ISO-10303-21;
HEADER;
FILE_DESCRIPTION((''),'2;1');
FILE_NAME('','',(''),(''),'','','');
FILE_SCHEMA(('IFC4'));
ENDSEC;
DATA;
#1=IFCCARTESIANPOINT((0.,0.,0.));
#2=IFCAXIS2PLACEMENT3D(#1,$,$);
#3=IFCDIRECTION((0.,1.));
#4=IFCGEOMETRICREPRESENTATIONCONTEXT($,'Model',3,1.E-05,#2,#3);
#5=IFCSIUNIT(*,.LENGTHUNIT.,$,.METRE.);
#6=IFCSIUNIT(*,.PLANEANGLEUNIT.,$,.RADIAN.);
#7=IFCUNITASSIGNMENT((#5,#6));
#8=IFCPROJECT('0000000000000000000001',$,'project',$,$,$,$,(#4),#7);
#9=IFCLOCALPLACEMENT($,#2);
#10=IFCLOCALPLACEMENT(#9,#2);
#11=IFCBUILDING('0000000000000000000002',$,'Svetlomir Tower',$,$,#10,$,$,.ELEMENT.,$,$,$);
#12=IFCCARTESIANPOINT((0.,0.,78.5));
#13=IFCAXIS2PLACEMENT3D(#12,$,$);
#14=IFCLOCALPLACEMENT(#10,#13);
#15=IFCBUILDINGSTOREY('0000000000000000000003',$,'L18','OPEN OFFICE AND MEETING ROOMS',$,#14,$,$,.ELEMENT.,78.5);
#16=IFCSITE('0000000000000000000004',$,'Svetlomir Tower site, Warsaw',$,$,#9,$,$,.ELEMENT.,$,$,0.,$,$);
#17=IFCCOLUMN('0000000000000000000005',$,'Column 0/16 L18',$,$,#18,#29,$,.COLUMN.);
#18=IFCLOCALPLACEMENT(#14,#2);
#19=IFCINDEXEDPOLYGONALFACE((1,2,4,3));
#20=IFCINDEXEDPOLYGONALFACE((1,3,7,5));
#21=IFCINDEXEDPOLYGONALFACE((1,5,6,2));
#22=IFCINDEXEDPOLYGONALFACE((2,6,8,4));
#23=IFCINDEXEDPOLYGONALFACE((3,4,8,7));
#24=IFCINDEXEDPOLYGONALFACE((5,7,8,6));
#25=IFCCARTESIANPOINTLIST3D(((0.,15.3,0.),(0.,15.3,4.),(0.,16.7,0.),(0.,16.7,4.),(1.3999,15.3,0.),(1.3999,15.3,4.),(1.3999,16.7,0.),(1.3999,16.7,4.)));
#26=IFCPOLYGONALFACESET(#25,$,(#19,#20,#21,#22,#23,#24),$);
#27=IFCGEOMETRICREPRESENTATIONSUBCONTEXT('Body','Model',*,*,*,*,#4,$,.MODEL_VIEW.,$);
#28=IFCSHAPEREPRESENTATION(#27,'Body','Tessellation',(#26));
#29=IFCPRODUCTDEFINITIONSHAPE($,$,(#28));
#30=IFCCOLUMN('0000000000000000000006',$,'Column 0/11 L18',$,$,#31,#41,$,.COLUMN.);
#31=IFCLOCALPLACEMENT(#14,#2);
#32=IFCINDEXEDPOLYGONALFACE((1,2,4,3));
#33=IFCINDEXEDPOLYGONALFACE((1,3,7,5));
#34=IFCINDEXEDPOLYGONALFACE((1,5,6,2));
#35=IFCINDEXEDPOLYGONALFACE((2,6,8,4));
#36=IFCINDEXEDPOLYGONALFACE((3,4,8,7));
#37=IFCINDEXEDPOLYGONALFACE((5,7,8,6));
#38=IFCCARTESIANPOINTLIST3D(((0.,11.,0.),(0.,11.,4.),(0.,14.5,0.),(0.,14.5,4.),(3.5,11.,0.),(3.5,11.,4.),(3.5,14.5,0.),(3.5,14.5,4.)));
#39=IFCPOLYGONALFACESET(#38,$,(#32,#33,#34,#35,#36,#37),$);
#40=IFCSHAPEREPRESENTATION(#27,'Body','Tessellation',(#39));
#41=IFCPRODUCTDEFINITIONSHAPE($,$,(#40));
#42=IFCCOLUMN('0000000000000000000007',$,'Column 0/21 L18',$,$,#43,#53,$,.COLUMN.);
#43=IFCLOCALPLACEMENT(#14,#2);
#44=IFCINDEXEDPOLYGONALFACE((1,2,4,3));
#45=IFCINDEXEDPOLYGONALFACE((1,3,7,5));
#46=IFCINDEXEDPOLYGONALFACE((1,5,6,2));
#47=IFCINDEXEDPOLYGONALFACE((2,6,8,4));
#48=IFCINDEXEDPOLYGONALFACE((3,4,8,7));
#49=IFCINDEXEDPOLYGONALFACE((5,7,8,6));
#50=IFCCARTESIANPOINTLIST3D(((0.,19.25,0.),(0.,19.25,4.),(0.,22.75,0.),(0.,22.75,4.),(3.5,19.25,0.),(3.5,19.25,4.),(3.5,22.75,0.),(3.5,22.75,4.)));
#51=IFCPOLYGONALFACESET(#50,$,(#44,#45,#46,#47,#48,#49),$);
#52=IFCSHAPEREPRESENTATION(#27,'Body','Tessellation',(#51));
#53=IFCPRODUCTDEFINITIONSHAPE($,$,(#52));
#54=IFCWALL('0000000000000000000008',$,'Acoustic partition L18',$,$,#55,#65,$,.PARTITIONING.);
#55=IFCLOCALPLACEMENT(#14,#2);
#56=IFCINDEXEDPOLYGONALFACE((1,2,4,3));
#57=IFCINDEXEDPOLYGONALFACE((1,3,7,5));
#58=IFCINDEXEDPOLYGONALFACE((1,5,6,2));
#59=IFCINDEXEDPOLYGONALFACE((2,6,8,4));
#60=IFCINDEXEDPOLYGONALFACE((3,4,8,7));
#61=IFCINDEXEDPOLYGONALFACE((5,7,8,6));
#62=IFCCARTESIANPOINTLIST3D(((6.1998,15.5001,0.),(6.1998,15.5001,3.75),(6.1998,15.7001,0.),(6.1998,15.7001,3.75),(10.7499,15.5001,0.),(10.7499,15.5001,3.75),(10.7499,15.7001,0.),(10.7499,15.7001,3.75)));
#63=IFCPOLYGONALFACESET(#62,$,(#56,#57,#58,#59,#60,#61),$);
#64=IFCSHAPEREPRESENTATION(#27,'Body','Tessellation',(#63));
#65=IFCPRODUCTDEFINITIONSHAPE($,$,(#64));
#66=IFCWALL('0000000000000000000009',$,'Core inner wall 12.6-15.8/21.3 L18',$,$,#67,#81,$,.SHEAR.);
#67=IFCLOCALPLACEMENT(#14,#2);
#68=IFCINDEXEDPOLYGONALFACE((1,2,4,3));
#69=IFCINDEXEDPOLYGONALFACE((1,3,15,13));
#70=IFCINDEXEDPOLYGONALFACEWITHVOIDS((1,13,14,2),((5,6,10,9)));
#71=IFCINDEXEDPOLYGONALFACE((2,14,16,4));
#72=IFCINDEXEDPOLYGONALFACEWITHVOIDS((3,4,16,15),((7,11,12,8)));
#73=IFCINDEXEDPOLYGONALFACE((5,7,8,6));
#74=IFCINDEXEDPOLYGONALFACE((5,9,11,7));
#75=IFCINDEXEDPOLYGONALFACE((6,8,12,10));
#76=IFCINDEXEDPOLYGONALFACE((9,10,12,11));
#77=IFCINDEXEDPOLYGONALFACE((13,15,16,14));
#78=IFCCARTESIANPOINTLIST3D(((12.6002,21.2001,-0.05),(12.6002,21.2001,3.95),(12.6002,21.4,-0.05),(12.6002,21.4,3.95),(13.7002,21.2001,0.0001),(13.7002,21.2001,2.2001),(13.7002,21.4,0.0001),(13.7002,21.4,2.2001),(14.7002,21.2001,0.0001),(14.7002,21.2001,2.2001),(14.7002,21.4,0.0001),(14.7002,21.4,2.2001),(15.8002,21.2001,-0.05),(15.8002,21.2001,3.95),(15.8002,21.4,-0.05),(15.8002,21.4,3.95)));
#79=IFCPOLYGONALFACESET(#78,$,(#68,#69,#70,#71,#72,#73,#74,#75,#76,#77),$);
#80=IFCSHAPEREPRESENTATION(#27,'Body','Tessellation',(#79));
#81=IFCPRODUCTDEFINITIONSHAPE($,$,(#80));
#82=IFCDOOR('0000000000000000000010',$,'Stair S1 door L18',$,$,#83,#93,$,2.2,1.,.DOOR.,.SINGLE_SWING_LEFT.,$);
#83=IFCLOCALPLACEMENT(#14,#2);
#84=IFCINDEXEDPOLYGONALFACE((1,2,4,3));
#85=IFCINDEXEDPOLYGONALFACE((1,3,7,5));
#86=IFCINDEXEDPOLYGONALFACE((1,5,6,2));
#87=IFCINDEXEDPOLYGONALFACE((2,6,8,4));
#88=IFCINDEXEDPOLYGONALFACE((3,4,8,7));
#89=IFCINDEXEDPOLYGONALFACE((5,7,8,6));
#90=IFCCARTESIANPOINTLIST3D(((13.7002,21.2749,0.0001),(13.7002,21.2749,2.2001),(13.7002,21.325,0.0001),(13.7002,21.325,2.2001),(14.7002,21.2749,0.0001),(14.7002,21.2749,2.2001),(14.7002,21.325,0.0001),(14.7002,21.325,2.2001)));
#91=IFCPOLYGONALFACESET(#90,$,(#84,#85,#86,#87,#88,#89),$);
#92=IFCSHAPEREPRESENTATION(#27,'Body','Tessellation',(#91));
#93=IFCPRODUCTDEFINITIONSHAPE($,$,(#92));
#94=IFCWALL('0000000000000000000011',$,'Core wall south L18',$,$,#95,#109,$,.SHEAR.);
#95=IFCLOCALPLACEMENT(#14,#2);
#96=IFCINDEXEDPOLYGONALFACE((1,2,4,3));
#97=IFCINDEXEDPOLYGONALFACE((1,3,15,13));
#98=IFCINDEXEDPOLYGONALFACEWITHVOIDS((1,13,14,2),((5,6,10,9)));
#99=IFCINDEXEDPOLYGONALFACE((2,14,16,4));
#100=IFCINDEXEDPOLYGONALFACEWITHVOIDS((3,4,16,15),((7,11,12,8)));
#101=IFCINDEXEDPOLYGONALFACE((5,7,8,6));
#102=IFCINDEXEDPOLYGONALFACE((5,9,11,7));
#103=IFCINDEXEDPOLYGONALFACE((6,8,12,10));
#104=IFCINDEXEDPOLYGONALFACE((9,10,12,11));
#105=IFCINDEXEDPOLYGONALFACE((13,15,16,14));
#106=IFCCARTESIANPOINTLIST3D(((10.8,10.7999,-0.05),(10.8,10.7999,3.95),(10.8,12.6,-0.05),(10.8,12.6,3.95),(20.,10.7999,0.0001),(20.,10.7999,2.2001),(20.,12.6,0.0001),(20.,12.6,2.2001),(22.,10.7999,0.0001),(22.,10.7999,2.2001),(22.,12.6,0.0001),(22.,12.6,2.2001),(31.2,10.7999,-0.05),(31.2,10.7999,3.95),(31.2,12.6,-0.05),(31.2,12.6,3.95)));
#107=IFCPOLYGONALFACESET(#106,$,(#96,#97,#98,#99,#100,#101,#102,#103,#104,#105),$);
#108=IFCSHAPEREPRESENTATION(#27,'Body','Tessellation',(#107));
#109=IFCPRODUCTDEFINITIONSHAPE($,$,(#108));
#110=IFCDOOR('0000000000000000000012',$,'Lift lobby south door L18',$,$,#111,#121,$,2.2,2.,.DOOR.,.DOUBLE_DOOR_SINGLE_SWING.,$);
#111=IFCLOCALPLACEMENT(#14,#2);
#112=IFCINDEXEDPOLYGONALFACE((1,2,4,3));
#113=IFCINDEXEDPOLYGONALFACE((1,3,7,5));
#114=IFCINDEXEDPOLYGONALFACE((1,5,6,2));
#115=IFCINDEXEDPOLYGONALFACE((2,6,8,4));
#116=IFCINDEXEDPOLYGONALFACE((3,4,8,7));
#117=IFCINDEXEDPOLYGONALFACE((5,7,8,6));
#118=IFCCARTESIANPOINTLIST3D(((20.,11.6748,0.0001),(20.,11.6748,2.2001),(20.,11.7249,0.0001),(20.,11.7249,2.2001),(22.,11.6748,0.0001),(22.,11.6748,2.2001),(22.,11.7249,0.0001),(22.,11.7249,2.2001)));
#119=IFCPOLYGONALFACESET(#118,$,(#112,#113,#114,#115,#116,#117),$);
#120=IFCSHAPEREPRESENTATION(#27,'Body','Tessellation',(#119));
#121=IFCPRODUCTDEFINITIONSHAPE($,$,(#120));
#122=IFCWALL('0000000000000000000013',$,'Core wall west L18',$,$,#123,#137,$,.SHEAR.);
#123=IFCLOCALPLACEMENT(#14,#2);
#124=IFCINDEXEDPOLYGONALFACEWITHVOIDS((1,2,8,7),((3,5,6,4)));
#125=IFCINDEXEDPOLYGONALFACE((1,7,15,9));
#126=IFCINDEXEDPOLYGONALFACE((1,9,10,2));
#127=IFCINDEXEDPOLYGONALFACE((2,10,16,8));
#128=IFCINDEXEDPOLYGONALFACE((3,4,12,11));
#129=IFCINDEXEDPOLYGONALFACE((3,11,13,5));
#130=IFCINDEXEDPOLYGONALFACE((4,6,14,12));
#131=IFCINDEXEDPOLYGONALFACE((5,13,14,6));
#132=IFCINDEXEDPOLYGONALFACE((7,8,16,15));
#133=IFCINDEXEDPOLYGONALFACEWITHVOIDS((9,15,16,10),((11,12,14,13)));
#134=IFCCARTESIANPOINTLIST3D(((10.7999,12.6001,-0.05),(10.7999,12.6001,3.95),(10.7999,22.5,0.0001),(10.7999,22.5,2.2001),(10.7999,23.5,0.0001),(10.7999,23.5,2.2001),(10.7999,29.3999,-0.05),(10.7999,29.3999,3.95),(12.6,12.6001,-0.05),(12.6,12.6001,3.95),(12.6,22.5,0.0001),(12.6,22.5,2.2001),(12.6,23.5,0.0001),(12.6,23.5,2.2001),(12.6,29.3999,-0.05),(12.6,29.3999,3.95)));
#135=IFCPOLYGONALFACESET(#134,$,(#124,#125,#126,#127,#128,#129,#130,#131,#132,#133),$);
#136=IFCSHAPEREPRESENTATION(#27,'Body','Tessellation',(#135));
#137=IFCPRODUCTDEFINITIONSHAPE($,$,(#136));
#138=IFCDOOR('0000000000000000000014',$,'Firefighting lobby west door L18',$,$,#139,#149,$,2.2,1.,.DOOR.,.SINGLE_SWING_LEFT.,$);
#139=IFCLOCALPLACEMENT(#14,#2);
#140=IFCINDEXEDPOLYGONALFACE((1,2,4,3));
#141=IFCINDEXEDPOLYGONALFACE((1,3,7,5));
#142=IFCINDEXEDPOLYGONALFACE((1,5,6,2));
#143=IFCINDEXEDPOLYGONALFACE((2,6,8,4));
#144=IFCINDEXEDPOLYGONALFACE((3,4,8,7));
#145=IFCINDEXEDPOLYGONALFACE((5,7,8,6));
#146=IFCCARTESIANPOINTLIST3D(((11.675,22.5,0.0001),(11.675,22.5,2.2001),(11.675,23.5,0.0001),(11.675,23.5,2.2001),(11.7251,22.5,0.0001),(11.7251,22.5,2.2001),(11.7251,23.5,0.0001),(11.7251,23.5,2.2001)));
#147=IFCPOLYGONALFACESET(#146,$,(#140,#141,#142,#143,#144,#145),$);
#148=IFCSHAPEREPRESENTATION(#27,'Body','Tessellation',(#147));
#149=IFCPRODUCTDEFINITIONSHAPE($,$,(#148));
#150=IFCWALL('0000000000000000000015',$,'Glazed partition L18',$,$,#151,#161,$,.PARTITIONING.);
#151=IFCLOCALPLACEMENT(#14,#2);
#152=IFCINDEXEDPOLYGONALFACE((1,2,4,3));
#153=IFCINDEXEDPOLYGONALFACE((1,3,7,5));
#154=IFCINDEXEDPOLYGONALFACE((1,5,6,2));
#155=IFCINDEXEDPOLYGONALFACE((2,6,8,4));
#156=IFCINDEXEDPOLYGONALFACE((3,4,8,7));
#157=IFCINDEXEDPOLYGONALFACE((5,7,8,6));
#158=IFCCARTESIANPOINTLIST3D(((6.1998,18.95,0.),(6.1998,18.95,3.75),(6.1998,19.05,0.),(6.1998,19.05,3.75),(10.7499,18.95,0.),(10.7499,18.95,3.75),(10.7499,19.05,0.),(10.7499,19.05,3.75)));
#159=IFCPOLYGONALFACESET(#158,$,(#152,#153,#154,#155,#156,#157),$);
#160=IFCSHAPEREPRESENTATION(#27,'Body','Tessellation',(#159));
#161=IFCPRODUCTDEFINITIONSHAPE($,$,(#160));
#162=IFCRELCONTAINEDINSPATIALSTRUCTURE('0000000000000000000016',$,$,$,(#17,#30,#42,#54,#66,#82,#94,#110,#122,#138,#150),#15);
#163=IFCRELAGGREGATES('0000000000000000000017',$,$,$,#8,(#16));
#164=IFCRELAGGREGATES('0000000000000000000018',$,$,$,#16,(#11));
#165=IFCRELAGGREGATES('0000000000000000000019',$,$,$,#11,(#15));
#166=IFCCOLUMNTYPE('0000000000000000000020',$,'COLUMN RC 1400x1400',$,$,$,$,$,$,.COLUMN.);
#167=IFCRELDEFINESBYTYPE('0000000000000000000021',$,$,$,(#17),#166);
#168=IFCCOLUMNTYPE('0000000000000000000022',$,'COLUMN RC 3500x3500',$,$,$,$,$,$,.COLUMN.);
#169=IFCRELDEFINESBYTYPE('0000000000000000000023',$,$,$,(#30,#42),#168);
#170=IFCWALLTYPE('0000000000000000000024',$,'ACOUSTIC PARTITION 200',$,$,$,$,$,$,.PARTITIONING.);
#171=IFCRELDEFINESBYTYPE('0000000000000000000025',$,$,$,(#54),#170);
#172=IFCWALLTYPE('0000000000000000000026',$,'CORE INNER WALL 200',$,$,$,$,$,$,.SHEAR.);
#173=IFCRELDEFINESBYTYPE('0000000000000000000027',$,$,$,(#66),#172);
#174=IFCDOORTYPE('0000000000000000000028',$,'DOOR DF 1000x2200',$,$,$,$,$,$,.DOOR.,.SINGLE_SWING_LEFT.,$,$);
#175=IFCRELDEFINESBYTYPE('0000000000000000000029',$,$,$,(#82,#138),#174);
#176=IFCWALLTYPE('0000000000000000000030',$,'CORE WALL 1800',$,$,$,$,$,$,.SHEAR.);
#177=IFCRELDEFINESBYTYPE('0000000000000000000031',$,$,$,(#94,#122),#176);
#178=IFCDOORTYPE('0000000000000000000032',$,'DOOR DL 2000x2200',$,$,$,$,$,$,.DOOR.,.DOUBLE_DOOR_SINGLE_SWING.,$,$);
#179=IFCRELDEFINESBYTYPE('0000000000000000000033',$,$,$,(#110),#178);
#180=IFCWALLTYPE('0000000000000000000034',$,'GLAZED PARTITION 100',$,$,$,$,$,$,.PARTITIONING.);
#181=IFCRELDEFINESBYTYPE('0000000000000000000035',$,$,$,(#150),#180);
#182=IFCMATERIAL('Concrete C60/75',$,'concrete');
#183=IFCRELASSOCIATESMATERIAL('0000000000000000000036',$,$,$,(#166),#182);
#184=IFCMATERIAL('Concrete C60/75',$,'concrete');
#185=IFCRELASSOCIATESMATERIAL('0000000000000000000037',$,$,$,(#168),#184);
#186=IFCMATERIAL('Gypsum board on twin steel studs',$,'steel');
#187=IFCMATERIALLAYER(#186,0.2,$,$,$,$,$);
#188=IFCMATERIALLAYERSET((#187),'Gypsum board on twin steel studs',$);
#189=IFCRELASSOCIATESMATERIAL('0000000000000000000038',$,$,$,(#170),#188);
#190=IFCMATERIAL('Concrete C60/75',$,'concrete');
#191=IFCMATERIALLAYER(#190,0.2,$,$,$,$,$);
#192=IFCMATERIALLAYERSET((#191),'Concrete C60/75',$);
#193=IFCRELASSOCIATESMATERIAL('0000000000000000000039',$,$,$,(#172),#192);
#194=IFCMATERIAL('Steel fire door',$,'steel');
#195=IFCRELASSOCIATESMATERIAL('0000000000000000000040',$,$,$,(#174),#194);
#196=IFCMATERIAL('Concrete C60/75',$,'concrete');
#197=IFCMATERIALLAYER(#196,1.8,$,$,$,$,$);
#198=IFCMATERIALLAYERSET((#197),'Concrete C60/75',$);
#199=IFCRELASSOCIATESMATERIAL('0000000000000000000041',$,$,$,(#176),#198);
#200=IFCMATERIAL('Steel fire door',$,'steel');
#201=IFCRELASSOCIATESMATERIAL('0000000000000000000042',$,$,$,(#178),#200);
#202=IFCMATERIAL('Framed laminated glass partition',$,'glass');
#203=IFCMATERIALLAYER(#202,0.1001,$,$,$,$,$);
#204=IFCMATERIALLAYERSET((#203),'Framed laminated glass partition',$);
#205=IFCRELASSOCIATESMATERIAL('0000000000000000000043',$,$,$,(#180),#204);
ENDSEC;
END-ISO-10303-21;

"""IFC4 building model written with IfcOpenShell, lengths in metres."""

from ifc_helpers import new_model, si_unit, direction, frame, frame_2d, origin, origin_2d, place, context, subcontext, project, spatial, rectangle, extrude, material, layer, layer_set, material_profile, profile_set, type_object, element, fill, save


model = new_model("IFC4")

# Units and contexts
model_context = context("Model", 3, precision=1e-05, world=origin(), true_north=direction((0.0, 1.0)))
body_context = subcontext(model_context, "Body", "Model", "MODEL_VIEW")
ifc_project = project(units=[si_unit("LENGTHUNIT", "METRE"), si_unit("PLANEANGLEUNIT", "RADIAN")], contexts=[model_context])

# Site, building, storey
site_placement = place(None, origin())
site = spatial("IfcSite", under=ifc_project, at=site_placement, Name="Svetlomir Tower site, Warsaw", CompositionType="ELEMENT", RefElevation=0.0)
building_placement = place(site_placement, origin())
building = spatial("IfcBuilding", under=site, at=building_placement, Name="Svetlomir Tower", CompositionType="ELEMENT")
storey_placement = place(building_placement, frame((0.0, 0.0, 78.5)))
storey = spatial("IfcBuildingStorey", under=building, at=storey_placement, Name="L18", Description="OPEN OFFICE AND MEETING ROOMS", CompositionType="ELEMENT", Elevation=78.5)

# Columns
ifc_material_1 = material(Name="Concrete C60/75", Category="concrete")
ifc_material_profile_1 = material_profile(ifc_material_1, rectangle(XDim=1.3999, YDim=1.3999, at=origin_2d()), Name="RC 1400x1400")
ifc_profile_set_1 = profile_set([ifc_material_profile_1], Name="Concrete C60/75")
column_type_1 = type_object("IfcColumnType", Name="COLUMN RC 1400x1400", PredefinedType="COLUMN", material=ifc_profile_set_1)
column_placement = place(storey_placement, frame((0.7, 16.0, 0.0), z_axis=(0.0, 0.0, 1.0), x_axis=(1.0, 0.0, 0.0)))
element("IfcColumn", 1, at=column_placement, inside=storey, type_object=column_type_1, Name="Column 0/16 L18", PredefinedType="COLUMN", context=body_context, shape_type="SweptSolid", body=[
    extrude(rectangle(XDim=1.3999, YDim=1.3999, at=origin_2d()), origin(), (0.0, 0.0, 1.0), 4.0),
])
ifc_material_2 = material(Name="Concrete C60/75", Category="concrete")
ifc_material_profile_2 = material_profile(ifc_material_2, rectangle(XDim=3.5, YDim=3.5, at=origin_2d()), Name="RC 3500x3500")
ifc_profile_set_2 = profile_set([ifc_material_profile_2], Name="Concrete C60/75")
column_type_2 = type_object("IfcColumnType", Name="COLUMN RC 3500x3500", PredefinedType="COLUMN", material=ifc_profile_set_2)
for number, where, z_axis, x_axis, name in (
    (2, (1.75, 12.75, 0.0), (0.0, 0.0, 1.0), (1.0, 0.0, 0.0), "Column 0/11 L18"),
    (3, (1.75, 21.0, 0.0), (0.0, 0.0, 1.0), (1.0, 0.0, 0.0), "Column 0/21 L18"),
):
    element("IfcColumn", number, at=place(storey_placement, frame(where, z_axis=z_axis, x_axis=x_axis)), inside=storey, type_object=column_type_2, Name=name, PredefinedType="COLUMN", context=body_context, shape_type="SweptSolid", body=[
        extrude(rectangle(XDim=3.5, YDim=3.5, at=origin_2d()), origin(), (0.0, 0.0, 1.0), 4.0),
    ])

# Wall
ifc_material_3 = material(Name="Gypsum board on twin steel studs", Category="steel")
ifc_layer_1 = layer(ifc_material_3, 0.2)
ifc_layer_set_1 = layer_set([ifc_layer_1], Name="Gypsum board on twin steel studs")
wall_type_1 = type_object("IfcWallType", Name="ACOUSTIC PARTITION 200", PredefinedType="PARTITIONING", material=ifc_layer_set_1)
wall_1_placement = place(storey_placement, frame((6.2, 15.6001, 0.0), z_axis=(0.0, 0.0, 1.0), x_axis=(1.0, 0.0, 0.0)))
element("IfcWall", 4, at=wall_1_placement, inside=storey, type_object=wall_type_1, Name="Acoustic partition L18", PredefinedType="PARTITIONING", context=body_context, shape_type="SweptSolid", body=[
    extrude(rectangle(XDim=4.55, YDim=0.2, at=frame_2d((2.2749, 0.0))), origin(), (0.0, 0.0, 1.0), 3.75),
])

# Walls, openings, doors
ifc_material_4 = material(Name="Concrete C60/75", Category="concrete")
ifc_layer_2 = layer(ifc_material_4, 0.2)
ifc_layer_set_2 = layer_set([ifc_layer_2], Name="Concrete C60/75")
wall_type_2 = type_object("IfcWallType", Name="CORE INNER WALL 200", PredefinedType="SHEAR", material=ifc_layer_set_2)
wall_2_placement = place(storey_placement, frame((12.6001, 21.3, -0.05), z_axis=(0.0, 0.0, 1.0), x_axis=(1.0, 0.0, 0.0)))
wall_2 = element("IfcWall", 5, at=wall_2_placement, inside=storey, type_object=wall_type_2, Name="Core inner wall 12.6-15.8/21.3 L18", PredefinedType="SHEAR", context=body_context, shape_type="SweptSolid", body=[
    extrude(rectangle(XDim=3.2, YDim=0.2, at=frame_2d((1.6001, 0.0))), origin(), (0.0, 0.0, 1.0), 4.0),
])
opening_1_placement = place(wall_2_placement, frame((1.1001, 0.0, 0.05)))
opening_1 = element("IfcOpeningElement", 6, at=opening_1_placement, cuts=wall_2, PredefinedType="OPENING", context=body_context, shape_type="SweptSolid", body=[
    extrude(rectangle(XDim=1.0, YDim=2.2, at=frame_2d((0.5, 1.1001))), frame((0.0, 0.1099, 0.0), z_axis=(0.0, -1.0, 0.0), x_axis=(1.0, 0.0, 0.0)), (0.0, 0.0, 1.0), 0.22),
])
ifc_material_5 = material(Name="Steel fire door", Category="steel")
door_type_1 = type_object("IfcDoorType", Name="DOOR DF 1000x2200", OperationType="SINGLE_SWING_LEFT", PredefinedType="DOOR", material=ifc_material_5)
door_1_placement = place(opening_1_placement, origin())
door_1 = element("IfcDoor", 7, at=door_1_placement, inside=storey, type_object=door_type_1, Name="Stair S1 door L18", OperationType="SINGLE_SWING_LEFT", OverallHeight=2.2, OverallWidth=1.0, PredefinedType="DOOR", context=body_context, shape_type="SweptSolid", body=[
    extrude(rectangle(XDim=1.0, YDim=2.2, at=frame_2d((0.5, 1.1001))), frame((0.0, 0.0249, 0.0), z_axis=(0.0, -1.0, 0.0), x_axis=(1.0, 0.0, 0.0)), (0.0, 0.0, 1.0), 0.05),
])
fill(opening_1, door_1)
ifc_material_6 = material(Name="Concrete C60/75", Category="concrete")
ifc_layer_3 = layer(ifc_material_6, 1.8)
ifc_layer_set_3 = layer_set([ifc_layer_3], Name="Concrete C60/75")
wall_type_3 = type_object("IfcWallType", Name="CORE WALL 1800", PredefinedType="SHEAR", material=ifc_layer_set_3)
wall_3_placement = place(storey_placement, frame((10.8, 11.7, -0.05), z_axis=(0.0, 0.0, 1.0), x_axis=(1.0, 0.0, 0.0)))
wall_3 = element("IfcWall", 8, at=wall_3_placement, inside=storey, type_object=wall_type_3, Name="Core wall south L18", PredefinedType="SHEAR", context=body_context, shape_type="SweptSolid", body=[
    extrude(rectangle(XDim=20.3999, YDim=1.8, at=frame_2d((10.2, 0.0))), origin(), (0.0, 0.0, 1.0), 4.0),
])
opening_2_placement = place(wall_3_placement, frame((9.2, 0.0, 0.05)))
opening_2 = element("IfcOpeningElement", 9, at=opening_2_placement, cuts=wall_3, PredefinedType="OPENING", context=body_context, shape_type="SweptSolid", body=[
    extrude(rectangle(XDim=2.0, YDim=2.2, at=frame_2d((1.0, 1.1001))), frame((0.0, 0.9102, 0.0), z_axis=(0.0, -1.0, 0.0), x_axis=(1.0, 0.0, 0.0)), (0.0, 0.0, 1.0), 1.8201),
])
ifc_material_7 = material(Name="Steel fire door", Category="steel")
door_type_2 = type_object("IfcDoorType", Name="DOOR DL 2000x2200", OperationType="DOUBLE_DOOR_SINGLE_SWING", PredefinedType="DOOR", material=ifc_material_7)
door_2_placement = place(opening_2_placement, origin())
door_2 = element("IfcDoor", 10, at=door_2_placement, inside=storey, type_object=door_type_2, Name="Lift lobby south door L18", OperationType="DOUBLE_DOOR_SINGLE_SWING", OverallHeight=2.2, OverallWidth=2.0, PredefinedType="DOOR", context=body_context, shape_type="SweptSolid", body=[
    extrude(rectangle(XDim=2.0, YDim=2.2, at=frame_2d((1.0, 1.1001))), frame((0.0, 0.0249, 0.0), z_axis=(0.0, -1.0, 0.0), x_axis=(1.0, 0.0, 0.0)), (0.0, 0.0, 1.0), 0.05),
])
fill(opening_2, door_2)
wall_4_placement = place(storey_placement, frame((11.7, 12.6001, -0.05), z_axis=(0.0, 0.0, 1.0), x_axis=(0.0, 1.0, 0.0)))
wall_4 = element("IfcWall", 11, at=wall_4_placement, inside=storey, type_object=wall_type_3, Name="Core wall west L18", PredefinedType="SHEAR", context=body_context, shape_type="SweptSolid", body=[
    extrude(rectangle(XDim=16.7998, YDim=1.8, at=frame_2d((8.3999, 0.0))), origin(), (0.0, 0.0, 1.0), 4.0),
])
opening_3_placement = place(wall_4_placement, frame((9.8999, 0.0, 0.05)))
opening_3 = element("IfcOpeningElement", 12, at=opening_3_placement, cuts=wall_4, PredefinedType="OPENING", context=body_context, shape_type="SweptSolid", body=[
    extrude(rectangle(XDim=1.0, YDim=2.2, at=frame_2d((0.5, 1.1001))), frame((0.0, 0.9102, 0.0), z_axis=(0.0, -1.0, 0.0), x_axis=(1.0, 0.0, 0.0)), (0.0, 0.0, 1.0), 1.8201),
])
door_3_placement = place(opening_3_placement, origin())
door_3 = element("IfcDoor", 13, at=door_3_placement, inside=storey, type_object=door_type_1, Name="Firefighting lobby west door L18", OperationType="SINGLE_SWING_LEFT", OverallHeight=2.2, OverallWidth=1.0, PredefinedType="DOOR", context=body_context, shape_type="SweptSolid", body=[
    extrude(rectangle(XDim=1.0, YDim=2.2, at=frame_2d((0.5, 1.1001))), frame((0.0, 0.0249, 0.0), z_axis=(0.0, -1.0, 0.0), x_axis=(1.0, 0.0, 0.0)), (0.0, 0.0, 1.0), 0.05),
])
fill(opening_3, door_3)

# Wall
ifc_material_8 = material(Name="Framed laminated glass partition", Category="glass")
ifc_layer_4 = layer(ifc_material_8, 0.1001)
ifc_layer_set_4 = layer_set([ifc_layer_4], Name="Framed laminated glass partition")
wall_type_4 = type_object("IfcWallType", Name="GLAZED PARTITION 100", PredefinedType="PARTITIONING", material=ifc_layer_set_4)
wall_5_placement = place(storey_placement, frame((6.2, 19.0, 0.0), z_axis=(0.0, 0.0, 1.0), x_axis=(1.0, 0.0, 0.0)))
element("IfcWall", 14, at=wall_5_placement, inside=storey, type_object=wall_type_4, Name="Glazed partition L18", PredefinedType="PARTITIONING", context=body_context, shape_type="SweptSolid", body=[
    extrude(rectangle(XDim=4.55, YDim=0.1001, at=frame_2d((2.2749, 0.0))), origin(), (0.0, 0.0, 1.0), 3.75),
])

save(model, "model.ifc")
